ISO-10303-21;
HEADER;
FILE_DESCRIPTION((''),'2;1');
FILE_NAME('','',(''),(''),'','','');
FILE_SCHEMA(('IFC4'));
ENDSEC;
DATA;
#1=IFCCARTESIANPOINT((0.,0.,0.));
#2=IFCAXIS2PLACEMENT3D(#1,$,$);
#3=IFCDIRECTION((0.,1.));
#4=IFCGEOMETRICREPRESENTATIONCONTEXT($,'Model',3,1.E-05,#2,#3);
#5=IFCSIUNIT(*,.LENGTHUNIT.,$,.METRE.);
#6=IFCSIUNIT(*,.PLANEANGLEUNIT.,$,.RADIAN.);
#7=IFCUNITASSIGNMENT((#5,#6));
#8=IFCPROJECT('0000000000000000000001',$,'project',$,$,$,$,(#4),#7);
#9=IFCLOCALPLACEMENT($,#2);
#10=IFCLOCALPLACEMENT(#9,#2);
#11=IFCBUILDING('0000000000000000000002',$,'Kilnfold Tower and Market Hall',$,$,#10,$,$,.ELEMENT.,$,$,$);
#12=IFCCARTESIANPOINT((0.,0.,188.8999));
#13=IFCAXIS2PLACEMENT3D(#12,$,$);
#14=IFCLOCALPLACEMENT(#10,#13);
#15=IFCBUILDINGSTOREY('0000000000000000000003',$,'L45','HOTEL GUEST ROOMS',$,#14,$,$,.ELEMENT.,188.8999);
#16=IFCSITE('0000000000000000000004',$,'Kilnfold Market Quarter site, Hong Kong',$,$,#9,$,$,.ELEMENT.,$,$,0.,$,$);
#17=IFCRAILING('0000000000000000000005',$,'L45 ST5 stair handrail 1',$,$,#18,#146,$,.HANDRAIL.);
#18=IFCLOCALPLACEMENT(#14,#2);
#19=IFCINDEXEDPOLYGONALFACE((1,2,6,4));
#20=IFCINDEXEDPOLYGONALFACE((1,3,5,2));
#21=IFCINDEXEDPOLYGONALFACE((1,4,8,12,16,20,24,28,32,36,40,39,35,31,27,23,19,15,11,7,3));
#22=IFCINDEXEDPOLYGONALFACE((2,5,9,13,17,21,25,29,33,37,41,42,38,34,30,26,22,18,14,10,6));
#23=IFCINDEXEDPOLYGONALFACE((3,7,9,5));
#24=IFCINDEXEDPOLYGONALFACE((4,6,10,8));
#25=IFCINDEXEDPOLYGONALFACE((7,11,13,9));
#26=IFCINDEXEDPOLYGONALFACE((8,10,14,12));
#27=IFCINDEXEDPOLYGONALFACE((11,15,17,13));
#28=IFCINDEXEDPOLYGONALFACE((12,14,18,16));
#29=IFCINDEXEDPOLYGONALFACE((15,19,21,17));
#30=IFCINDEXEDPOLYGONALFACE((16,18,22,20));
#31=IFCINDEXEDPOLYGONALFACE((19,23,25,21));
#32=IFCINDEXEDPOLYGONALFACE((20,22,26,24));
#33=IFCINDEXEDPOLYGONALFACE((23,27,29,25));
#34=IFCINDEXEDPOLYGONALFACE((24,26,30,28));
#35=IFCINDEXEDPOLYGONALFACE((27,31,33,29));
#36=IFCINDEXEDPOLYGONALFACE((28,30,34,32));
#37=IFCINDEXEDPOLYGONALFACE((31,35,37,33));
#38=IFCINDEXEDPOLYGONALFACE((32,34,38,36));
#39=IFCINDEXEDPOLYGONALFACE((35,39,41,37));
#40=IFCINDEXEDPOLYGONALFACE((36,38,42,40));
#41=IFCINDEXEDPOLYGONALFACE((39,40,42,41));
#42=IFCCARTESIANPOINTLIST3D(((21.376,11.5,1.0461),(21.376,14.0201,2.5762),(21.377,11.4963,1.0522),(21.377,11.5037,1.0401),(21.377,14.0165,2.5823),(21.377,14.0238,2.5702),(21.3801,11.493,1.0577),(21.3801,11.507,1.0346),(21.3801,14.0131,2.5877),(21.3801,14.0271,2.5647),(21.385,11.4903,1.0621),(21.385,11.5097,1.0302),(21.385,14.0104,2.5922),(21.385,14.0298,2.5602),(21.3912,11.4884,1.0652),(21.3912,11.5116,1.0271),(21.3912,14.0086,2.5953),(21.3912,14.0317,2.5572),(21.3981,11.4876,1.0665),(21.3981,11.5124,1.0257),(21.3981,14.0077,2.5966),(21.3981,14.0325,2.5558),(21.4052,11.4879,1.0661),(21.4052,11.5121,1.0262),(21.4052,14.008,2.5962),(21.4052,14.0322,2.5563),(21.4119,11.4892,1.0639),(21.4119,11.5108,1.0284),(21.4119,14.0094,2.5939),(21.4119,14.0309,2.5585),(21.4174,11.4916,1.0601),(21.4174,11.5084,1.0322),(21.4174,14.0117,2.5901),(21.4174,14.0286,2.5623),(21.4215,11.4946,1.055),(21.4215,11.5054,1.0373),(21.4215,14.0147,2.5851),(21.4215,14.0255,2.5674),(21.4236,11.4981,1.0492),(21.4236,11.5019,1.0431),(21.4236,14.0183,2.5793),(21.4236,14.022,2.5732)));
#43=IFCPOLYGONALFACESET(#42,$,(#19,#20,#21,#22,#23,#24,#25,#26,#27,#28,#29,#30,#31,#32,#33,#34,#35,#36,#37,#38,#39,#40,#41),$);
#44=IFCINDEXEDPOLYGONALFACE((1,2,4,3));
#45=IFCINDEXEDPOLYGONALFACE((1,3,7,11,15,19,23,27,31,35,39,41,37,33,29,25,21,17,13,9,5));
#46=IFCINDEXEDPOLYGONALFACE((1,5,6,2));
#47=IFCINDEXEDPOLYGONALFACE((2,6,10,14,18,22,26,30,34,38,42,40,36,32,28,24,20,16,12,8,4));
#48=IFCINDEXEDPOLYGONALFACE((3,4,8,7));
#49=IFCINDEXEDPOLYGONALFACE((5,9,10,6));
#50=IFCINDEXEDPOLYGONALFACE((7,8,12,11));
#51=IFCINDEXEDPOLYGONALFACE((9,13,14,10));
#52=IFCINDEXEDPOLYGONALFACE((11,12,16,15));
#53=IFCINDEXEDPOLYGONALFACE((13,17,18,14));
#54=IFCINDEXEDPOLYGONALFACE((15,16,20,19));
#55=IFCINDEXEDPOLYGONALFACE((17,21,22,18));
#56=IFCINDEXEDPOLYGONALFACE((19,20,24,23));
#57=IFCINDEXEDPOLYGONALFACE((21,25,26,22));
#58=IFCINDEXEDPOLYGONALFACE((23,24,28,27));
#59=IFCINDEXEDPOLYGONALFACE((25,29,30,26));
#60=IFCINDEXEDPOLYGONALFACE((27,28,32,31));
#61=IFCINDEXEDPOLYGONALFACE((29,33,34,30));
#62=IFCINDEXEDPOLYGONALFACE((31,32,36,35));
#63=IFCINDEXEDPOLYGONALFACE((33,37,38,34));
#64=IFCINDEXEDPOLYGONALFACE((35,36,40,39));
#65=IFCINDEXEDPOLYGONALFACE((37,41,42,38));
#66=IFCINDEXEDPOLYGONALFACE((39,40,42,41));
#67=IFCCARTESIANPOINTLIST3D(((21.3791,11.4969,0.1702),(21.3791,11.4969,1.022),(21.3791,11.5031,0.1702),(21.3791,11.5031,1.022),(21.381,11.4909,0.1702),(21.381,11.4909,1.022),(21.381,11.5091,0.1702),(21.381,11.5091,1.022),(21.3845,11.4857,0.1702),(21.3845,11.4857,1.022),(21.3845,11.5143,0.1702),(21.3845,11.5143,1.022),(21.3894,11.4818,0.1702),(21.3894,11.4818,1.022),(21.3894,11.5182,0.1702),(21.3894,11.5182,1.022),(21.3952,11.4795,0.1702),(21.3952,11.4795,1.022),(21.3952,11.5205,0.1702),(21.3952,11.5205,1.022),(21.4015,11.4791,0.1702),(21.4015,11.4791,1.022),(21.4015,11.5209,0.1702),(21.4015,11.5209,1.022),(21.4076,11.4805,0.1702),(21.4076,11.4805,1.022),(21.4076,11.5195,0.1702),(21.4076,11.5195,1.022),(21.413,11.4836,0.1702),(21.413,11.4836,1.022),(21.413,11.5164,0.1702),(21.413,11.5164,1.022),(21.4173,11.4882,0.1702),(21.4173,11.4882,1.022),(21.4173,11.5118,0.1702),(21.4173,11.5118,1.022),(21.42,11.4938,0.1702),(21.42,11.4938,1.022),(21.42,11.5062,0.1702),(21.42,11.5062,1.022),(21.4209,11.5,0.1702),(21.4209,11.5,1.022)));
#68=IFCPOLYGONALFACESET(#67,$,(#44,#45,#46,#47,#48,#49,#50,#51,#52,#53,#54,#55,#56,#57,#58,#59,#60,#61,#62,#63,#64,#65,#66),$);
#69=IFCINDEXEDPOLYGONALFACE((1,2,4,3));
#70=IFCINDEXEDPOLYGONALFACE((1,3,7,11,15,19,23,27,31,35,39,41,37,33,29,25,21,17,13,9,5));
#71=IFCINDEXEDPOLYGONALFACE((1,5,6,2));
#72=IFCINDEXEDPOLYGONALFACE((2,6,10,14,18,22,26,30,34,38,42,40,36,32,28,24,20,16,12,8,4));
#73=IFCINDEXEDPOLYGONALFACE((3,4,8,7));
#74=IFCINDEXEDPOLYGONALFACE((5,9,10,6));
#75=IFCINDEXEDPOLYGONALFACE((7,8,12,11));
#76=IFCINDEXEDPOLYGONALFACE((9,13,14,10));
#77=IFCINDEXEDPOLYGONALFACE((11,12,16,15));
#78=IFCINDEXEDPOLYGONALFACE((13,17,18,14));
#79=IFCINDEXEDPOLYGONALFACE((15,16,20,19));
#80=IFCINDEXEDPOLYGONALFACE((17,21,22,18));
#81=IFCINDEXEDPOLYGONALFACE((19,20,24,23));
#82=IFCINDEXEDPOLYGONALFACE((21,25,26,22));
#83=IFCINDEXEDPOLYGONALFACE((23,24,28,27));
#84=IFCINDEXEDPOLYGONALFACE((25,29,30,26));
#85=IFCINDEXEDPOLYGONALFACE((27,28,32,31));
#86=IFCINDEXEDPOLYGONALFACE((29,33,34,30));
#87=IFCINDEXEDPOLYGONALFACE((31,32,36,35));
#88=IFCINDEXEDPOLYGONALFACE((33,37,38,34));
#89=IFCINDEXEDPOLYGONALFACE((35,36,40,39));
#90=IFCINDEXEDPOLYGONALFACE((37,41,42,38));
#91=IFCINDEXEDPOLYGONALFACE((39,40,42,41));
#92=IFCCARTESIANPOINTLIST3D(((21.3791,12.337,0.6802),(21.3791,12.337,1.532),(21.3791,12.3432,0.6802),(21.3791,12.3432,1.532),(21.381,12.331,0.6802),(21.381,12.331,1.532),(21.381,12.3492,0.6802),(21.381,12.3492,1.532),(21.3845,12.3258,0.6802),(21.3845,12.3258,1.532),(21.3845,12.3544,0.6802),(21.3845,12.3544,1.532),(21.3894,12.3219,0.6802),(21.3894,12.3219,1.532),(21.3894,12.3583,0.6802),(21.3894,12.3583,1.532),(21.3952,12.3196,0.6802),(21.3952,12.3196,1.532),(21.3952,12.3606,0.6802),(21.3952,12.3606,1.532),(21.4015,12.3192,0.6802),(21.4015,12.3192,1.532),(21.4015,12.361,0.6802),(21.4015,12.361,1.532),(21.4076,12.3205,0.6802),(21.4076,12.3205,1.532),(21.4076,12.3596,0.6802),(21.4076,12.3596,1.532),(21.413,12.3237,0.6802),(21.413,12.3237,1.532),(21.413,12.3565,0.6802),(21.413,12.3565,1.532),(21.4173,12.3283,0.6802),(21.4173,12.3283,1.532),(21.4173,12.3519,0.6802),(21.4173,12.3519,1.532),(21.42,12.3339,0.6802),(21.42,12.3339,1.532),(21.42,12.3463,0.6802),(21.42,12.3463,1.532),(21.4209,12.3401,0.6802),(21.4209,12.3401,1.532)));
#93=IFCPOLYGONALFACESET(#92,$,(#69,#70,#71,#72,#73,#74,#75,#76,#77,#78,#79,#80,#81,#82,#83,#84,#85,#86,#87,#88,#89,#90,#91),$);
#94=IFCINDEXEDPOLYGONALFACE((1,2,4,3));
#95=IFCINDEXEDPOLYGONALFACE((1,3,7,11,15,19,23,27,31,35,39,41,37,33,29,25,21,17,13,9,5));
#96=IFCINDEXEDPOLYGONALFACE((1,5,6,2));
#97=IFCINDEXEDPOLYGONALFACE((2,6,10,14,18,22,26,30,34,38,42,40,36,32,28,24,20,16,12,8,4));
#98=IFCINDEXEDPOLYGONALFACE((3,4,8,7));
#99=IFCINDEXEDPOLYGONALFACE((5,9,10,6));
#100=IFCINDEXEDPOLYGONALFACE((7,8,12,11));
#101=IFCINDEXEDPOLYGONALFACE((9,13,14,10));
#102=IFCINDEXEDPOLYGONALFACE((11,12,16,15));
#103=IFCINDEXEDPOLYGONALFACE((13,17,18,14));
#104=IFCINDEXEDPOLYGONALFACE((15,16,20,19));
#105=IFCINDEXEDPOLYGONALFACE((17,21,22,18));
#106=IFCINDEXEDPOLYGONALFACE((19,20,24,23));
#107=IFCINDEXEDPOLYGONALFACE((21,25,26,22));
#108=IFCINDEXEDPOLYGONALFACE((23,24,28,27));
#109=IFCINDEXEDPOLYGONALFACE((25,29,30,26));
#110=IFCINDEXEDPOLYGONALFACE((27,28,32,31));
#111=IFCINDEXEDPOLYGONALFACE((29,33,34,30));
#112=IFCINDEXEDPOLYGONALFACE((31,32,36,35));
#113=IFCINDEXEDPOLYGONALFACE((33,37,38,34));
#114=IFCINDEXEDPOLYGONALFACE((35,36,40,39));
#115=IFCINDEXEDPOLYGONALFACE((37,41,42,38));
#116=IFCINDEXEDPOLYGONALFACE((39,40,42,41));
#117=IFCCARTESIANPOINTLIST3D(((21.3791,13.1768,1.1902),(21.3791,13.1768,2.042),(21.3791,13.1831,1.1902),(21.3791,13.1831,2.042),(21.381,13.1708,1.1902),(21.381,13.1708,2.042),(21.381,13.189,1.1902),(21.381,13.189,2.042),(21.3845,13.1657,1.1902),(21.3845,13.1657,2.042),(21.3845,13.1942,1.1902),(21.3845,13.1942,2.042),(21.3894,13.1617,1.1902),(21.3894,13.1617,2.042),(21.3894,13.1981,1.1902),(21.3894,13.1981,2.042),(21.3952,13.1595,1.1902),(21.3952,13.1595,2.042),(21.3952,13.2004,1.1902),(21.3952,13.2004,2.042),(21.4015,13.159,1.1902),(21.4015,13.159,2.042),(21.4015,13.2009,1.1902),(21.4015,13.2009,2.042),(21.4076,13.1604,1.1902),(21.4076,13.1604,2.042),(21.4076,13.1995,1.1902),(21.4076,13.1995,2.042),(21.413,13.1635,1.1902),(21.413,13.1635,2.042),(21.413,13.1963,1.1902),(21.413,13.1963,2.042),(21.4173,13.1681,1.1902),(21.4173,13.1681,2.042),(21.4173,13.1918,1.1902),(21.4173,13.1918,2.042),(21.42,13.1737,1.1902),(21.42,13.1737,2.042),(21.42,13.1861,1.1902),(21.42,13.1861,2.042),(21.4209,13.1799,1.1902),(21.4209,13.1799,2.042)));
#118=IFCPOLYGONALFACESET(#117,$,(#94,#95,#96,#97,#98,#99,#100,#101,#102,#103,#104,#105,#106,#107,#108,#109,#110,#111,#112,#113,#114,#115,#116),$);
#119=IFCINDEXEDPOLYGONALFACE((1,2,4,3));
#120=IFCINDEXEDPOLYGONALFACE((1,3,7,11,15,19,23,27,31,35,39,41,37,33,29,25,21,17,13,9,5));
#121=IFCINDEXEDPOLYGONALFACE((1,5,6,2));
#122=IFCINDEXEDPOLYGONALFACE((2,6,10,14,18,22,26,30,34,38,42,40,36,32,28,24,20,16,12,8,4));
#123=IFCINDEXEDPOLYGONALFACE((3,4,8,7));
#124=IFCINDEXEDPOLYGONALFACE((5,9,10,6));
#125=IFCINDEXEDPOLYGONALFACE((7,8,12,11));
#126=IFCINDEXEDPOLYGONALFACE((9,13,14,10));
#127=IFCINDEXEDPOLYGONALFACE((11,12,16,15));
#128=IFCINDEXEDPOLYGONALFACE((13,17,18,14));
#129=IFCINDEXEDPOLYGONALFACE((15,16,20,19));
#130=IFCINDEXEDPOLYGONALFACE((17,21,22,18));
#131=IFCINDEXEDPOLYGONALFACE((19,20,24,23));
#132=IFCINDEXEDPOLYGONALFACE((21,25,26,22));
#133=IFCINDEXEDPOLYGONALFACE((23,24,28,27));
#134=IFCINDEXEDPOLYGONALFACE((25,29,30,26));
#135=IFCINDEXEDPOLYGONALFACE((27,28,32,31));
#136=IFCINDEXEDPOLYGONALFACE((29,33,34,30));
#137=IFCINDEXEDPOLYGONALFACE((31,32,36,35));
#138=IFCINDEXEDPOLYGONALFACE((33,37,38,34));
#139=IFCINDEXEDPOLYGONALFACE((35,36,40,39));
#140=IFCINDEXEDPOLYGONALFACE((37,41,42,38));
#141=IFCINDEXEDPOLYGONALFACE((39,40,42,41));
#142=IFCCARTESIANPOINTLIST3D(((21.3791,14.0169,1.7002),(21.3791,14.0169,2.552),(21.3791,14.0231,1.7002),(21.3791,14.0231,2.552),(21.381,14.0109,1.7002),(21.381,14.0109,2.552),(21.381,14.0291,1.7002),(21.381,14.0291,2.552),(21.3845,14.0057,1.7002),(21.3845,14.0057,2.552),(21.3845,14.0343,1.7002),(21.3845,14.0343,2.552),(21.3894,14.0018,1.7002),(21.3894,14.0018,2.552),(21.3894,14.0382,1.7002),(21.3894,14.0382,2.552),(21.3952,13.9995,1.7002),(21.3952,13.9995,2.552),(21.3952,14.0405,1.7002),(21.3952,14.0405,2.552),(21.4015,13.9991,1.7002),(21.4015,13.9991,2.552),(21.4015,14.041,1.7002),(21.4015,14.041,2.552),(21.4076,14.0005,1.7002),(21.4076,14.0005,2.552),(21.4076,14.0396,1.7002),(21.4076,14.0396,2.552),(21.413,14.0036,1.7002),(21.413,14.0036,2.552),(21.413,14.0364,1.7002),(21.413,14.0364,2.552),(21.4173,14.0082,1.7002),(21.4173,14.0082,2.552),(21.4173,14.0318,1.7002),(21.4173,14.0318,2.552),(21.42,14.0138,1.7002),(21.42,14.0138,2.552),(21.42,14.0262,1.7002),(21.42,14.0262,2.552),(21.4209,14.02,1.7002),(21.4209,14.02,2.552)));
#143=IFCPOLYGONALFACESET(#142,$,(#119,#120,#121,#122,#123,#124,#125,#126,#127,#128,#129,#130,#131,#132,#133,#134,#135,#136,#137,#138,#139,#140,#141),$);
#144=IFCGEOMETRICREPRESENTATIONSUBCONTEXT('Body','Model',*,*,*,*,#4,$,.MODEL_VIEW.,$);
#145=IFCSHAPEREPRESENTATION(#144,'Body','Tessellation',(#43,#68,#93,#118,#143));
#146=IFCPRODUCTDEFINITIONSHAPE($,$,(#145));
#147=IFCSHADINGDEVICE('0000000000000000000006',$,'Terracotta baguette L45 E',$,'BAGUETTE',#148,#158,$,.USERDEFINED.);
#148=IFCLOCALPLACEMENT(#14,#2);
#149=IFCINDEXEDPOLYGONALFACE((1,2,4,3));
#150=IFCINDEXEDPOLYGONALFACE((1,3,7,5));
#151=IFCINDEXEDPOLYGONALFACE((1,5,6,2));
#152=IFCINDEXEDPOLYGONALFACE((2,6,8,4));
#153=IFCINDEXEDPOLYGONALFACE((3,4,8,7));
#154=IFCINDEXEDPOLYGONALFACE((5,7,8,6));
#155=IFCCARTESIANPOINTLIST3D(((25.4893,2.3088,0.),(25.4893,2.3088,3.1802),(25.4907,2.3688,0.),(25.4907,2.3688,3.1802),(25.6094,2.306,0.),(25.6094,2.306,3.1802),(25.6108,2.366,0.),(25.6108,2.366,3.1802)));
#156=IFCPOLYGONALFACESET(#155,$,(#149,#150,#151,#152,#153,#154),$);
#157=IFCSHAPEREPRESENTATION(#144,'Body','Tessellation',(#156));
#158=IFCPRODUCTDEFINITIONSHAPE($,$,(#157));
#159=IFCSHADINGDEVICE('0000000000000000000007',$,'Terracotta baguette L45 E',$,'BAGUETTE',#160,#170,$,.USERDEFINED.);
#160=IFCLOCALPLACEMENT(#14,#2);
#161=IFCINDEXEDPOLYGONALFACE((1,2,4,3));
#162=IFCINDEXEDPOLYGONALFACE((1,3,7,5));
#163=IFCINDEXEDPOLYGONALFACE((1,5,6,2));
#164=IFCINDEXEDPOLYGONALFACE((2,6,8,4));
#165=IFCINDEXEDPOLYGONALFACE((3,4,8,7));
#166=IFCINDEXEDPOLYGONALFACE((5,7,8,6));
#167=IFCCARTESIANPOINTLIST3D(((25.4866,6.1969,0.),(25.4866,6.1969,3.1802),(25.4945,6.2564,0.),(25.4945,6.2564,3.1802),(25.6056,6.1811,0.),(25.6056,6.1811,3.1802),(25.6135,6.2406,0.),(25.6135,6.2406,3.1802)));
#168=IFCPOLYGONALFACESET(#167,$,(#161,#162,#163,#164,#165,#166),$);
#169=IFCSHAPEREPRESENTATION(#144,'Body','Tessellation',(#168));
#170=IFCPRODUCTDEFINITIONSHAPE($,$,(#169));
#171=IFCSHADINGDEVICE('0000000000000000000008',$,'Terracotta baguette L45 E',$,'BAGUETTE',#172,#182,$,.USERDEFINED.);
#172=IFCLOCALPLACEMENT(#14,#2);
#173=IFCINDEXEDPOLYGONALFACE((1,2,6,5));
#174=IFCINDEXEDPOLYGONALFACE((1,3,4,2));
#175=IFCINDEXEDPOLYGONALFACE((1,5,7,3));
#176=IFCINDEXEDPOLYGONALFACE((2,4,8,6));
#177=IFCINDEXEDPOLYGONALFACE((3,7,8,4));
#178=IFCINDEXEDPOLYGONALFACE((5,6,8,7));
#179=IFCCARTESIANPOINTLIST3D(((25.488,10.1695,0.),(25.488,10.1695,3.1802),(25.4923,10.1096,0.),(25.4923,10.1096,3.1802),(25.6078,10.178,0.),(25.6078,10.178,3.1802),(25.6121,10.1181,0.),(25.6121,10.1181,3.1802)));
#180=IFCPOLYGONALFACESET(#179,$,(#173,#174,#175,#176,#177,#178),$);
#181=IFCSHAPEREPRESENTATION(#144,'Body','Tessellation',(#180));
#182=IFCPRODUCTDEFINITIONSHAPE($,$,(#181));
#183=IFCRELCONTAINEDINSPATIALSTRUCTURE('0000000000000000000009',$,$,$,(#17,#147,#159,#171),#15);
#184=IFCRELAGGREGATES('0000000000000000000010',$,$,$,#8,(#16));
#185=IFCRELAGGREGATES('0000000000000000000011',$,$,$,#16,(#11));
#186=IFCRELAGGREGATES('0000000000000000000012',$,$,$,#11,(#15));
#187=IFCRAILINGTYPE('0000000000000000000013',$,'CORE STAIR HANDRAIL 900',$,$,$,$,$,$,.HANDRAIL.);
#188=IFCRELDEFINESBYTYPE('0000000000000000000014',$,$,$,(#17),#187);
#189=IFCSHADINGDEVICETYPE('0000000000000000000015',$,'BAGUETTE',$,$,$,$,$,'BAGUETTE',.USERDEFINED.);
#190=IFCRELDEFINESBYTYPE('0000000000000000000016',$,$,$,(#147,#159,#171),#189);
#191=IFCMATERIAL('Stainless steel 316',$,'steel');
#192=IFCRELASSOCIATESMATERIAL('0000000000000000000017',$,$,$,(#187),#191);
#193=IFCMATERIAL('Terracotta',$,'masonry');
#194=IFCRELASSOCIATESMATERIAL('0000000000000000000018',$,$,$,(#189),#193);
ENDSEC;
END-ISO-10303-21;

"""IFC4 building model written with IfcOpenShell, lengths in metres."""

from ifc_helpers import new_model, si_unit, direction, frame, origin, origin_2d, place, context, subcontext, project, spatial, rectangle, circle, extrude, source, transform, mapped, material, material_profile, profile_set, type_object, element, save


model = new_model("IFC4")

# Units and contexts
model_context = context("Model", 3, precision=1e-05, world=origin(), true_north=direction((0.0, 1.0)))
body_context = subcontext(model_context, "Body", "Model", "MODEL_VIEW")
ifc_project = project(units=[si_unit("LENGTHUNIT", "METRE"), si_unit("PLANEANGLEUNIT", "RADIAN")], contexts=[model_context])

# Site, building, storey
site_placement = place(None, origin())
site = spatial("IfcSite", under=ifc_project, at=site_placement, Name="Kilnfold Market Quarter site, Hong Kong", CompositionType="ELEMENT", RefElevation=0.0)
building_placement = place(site_placement, origin())
building = spatial("IfcBuilding", under=site, at=building_placement, Name="Kilnfold Tower and Market Hall", CompositionType="ELEMENT")
storey_placement = place(building_placement, frame((0.0, 0.0, 188.8999)))
storey = spatial("IfcBuildingStorey", under=building, at=storey_placement, Name="L45", Description="HOTEL GUEST ROOMS", CompositionType="ELEMENT", Elevation=188.8999)

# Railing
ifc_material_1 = material(Name="Stainless steel 316", Category="steel")
railing_type_1 = type_object("IfcRailingType", Name="CORE STAIR HANDRAIL 900", PredefinedType="HANDRAIL", material=ifc_material_1)
for number, where, name in (
    (1, (21.3999, 11.5, 0.1702), "L45 ST5 stair handrail 1"),
):
    element("IfcRailing", number, at=place(storey_placement, frame(where)), inside=storey, type_object=railing_type_1, Name=name, PredefinedType="HANDRAIL", context=body_context, shape_type="SweptSolid", body=[
        extrude(circle(Radius=0.0239, at=origin_2d()), frame((0.0, 0.0, 0.876), z_axis=(0.0, 0.854785, 0.518982), x_axis=(-1.0, 0.0, 0.0)), (0.0, 0.0, 1.0), 2.9482),
        extrude(circle(Radius=0.021, at=origin_2d()), origin(), (0.0, 0.0, 1.0), 0.8518),
        extrude(circle(Radius=0.021, at=origin_2d()), frame((0.0, 0.8401, 0.51)), (0.0, 0.0, 1.0), 0.8518),
        extrude(circle(Radius=0.021, at=origin_2d()), frame((0.0, 1.6799, 1.02)), (0.0, 0.0, 1.0), 0.8518),
        extrude(circle(Radius=0.021, at=origin_2d()), frame((0.0, 2.52, 1.53)), (0.0, 0.0, 1.0), 0.8518),
    ])

# Shading devices
ifc_material_2 = material(Name="Terracotta", Category="masonry")
ifc_material_profile_1 = material_profile(ifc_material_2, rectangle(XDim=0.0601, YDim=0.1201, at=origin_2d()), Name="BAG 60x120")
ifc_profile_set_1 = profile_set([ifc_material_profile_1], Name="Terracotta")
shading_device_type = type_object("IfcShadingDeviceType", Name="BAGUETTE", ElementType="BAGUETTE", PredefinedType="USERDEFINED", material=ifc_profile_set_1)
shared_shape_1 = source(origin(), body_context, "Body", "SweptSolid", [
    extrude(rectangle(XDim=0.0601, YDim=0.1201, at=origin_2d()), origin(), (0.0, 0.0, 1.0), 3.1802),
])
for number, where, z_axis, x_axis, name in (
    (2, (25.55, 2.3374, 0.0), (0.0, 0.0, 1.0), (0.023155, 0.999732, 0.0), "Terracotta baguette L45 E"),
    (3, (25.55, 6.2188, 0.0), (0.0, 0.0, 1.0), (0.131357, 0.991335, 0.0), "Terracotta baguette L45 E"),
    (4, (25.55, 10.1438, 0.0), (0.0, 0.0, 1.0), (-0.070341, 0.997523, 0.0), "Terracotta baguette L45 E"),
):
    element("IfcShadingDevice", number, at=place(storey_placement, frame(where, z_axis=z_axis, x_axis=x_axis)), inside=storey, type_object=shading_device_type, Name=name, ObjectType="BAGUETTE", PredefinedType="USERDEFINED", context=body_context, shape_type="MappedRepresentation", body=[
        mapped(shared_shape_1, transform((0.0, 0.0, 0.0))),
    ])

save(model, "model.ifc")
